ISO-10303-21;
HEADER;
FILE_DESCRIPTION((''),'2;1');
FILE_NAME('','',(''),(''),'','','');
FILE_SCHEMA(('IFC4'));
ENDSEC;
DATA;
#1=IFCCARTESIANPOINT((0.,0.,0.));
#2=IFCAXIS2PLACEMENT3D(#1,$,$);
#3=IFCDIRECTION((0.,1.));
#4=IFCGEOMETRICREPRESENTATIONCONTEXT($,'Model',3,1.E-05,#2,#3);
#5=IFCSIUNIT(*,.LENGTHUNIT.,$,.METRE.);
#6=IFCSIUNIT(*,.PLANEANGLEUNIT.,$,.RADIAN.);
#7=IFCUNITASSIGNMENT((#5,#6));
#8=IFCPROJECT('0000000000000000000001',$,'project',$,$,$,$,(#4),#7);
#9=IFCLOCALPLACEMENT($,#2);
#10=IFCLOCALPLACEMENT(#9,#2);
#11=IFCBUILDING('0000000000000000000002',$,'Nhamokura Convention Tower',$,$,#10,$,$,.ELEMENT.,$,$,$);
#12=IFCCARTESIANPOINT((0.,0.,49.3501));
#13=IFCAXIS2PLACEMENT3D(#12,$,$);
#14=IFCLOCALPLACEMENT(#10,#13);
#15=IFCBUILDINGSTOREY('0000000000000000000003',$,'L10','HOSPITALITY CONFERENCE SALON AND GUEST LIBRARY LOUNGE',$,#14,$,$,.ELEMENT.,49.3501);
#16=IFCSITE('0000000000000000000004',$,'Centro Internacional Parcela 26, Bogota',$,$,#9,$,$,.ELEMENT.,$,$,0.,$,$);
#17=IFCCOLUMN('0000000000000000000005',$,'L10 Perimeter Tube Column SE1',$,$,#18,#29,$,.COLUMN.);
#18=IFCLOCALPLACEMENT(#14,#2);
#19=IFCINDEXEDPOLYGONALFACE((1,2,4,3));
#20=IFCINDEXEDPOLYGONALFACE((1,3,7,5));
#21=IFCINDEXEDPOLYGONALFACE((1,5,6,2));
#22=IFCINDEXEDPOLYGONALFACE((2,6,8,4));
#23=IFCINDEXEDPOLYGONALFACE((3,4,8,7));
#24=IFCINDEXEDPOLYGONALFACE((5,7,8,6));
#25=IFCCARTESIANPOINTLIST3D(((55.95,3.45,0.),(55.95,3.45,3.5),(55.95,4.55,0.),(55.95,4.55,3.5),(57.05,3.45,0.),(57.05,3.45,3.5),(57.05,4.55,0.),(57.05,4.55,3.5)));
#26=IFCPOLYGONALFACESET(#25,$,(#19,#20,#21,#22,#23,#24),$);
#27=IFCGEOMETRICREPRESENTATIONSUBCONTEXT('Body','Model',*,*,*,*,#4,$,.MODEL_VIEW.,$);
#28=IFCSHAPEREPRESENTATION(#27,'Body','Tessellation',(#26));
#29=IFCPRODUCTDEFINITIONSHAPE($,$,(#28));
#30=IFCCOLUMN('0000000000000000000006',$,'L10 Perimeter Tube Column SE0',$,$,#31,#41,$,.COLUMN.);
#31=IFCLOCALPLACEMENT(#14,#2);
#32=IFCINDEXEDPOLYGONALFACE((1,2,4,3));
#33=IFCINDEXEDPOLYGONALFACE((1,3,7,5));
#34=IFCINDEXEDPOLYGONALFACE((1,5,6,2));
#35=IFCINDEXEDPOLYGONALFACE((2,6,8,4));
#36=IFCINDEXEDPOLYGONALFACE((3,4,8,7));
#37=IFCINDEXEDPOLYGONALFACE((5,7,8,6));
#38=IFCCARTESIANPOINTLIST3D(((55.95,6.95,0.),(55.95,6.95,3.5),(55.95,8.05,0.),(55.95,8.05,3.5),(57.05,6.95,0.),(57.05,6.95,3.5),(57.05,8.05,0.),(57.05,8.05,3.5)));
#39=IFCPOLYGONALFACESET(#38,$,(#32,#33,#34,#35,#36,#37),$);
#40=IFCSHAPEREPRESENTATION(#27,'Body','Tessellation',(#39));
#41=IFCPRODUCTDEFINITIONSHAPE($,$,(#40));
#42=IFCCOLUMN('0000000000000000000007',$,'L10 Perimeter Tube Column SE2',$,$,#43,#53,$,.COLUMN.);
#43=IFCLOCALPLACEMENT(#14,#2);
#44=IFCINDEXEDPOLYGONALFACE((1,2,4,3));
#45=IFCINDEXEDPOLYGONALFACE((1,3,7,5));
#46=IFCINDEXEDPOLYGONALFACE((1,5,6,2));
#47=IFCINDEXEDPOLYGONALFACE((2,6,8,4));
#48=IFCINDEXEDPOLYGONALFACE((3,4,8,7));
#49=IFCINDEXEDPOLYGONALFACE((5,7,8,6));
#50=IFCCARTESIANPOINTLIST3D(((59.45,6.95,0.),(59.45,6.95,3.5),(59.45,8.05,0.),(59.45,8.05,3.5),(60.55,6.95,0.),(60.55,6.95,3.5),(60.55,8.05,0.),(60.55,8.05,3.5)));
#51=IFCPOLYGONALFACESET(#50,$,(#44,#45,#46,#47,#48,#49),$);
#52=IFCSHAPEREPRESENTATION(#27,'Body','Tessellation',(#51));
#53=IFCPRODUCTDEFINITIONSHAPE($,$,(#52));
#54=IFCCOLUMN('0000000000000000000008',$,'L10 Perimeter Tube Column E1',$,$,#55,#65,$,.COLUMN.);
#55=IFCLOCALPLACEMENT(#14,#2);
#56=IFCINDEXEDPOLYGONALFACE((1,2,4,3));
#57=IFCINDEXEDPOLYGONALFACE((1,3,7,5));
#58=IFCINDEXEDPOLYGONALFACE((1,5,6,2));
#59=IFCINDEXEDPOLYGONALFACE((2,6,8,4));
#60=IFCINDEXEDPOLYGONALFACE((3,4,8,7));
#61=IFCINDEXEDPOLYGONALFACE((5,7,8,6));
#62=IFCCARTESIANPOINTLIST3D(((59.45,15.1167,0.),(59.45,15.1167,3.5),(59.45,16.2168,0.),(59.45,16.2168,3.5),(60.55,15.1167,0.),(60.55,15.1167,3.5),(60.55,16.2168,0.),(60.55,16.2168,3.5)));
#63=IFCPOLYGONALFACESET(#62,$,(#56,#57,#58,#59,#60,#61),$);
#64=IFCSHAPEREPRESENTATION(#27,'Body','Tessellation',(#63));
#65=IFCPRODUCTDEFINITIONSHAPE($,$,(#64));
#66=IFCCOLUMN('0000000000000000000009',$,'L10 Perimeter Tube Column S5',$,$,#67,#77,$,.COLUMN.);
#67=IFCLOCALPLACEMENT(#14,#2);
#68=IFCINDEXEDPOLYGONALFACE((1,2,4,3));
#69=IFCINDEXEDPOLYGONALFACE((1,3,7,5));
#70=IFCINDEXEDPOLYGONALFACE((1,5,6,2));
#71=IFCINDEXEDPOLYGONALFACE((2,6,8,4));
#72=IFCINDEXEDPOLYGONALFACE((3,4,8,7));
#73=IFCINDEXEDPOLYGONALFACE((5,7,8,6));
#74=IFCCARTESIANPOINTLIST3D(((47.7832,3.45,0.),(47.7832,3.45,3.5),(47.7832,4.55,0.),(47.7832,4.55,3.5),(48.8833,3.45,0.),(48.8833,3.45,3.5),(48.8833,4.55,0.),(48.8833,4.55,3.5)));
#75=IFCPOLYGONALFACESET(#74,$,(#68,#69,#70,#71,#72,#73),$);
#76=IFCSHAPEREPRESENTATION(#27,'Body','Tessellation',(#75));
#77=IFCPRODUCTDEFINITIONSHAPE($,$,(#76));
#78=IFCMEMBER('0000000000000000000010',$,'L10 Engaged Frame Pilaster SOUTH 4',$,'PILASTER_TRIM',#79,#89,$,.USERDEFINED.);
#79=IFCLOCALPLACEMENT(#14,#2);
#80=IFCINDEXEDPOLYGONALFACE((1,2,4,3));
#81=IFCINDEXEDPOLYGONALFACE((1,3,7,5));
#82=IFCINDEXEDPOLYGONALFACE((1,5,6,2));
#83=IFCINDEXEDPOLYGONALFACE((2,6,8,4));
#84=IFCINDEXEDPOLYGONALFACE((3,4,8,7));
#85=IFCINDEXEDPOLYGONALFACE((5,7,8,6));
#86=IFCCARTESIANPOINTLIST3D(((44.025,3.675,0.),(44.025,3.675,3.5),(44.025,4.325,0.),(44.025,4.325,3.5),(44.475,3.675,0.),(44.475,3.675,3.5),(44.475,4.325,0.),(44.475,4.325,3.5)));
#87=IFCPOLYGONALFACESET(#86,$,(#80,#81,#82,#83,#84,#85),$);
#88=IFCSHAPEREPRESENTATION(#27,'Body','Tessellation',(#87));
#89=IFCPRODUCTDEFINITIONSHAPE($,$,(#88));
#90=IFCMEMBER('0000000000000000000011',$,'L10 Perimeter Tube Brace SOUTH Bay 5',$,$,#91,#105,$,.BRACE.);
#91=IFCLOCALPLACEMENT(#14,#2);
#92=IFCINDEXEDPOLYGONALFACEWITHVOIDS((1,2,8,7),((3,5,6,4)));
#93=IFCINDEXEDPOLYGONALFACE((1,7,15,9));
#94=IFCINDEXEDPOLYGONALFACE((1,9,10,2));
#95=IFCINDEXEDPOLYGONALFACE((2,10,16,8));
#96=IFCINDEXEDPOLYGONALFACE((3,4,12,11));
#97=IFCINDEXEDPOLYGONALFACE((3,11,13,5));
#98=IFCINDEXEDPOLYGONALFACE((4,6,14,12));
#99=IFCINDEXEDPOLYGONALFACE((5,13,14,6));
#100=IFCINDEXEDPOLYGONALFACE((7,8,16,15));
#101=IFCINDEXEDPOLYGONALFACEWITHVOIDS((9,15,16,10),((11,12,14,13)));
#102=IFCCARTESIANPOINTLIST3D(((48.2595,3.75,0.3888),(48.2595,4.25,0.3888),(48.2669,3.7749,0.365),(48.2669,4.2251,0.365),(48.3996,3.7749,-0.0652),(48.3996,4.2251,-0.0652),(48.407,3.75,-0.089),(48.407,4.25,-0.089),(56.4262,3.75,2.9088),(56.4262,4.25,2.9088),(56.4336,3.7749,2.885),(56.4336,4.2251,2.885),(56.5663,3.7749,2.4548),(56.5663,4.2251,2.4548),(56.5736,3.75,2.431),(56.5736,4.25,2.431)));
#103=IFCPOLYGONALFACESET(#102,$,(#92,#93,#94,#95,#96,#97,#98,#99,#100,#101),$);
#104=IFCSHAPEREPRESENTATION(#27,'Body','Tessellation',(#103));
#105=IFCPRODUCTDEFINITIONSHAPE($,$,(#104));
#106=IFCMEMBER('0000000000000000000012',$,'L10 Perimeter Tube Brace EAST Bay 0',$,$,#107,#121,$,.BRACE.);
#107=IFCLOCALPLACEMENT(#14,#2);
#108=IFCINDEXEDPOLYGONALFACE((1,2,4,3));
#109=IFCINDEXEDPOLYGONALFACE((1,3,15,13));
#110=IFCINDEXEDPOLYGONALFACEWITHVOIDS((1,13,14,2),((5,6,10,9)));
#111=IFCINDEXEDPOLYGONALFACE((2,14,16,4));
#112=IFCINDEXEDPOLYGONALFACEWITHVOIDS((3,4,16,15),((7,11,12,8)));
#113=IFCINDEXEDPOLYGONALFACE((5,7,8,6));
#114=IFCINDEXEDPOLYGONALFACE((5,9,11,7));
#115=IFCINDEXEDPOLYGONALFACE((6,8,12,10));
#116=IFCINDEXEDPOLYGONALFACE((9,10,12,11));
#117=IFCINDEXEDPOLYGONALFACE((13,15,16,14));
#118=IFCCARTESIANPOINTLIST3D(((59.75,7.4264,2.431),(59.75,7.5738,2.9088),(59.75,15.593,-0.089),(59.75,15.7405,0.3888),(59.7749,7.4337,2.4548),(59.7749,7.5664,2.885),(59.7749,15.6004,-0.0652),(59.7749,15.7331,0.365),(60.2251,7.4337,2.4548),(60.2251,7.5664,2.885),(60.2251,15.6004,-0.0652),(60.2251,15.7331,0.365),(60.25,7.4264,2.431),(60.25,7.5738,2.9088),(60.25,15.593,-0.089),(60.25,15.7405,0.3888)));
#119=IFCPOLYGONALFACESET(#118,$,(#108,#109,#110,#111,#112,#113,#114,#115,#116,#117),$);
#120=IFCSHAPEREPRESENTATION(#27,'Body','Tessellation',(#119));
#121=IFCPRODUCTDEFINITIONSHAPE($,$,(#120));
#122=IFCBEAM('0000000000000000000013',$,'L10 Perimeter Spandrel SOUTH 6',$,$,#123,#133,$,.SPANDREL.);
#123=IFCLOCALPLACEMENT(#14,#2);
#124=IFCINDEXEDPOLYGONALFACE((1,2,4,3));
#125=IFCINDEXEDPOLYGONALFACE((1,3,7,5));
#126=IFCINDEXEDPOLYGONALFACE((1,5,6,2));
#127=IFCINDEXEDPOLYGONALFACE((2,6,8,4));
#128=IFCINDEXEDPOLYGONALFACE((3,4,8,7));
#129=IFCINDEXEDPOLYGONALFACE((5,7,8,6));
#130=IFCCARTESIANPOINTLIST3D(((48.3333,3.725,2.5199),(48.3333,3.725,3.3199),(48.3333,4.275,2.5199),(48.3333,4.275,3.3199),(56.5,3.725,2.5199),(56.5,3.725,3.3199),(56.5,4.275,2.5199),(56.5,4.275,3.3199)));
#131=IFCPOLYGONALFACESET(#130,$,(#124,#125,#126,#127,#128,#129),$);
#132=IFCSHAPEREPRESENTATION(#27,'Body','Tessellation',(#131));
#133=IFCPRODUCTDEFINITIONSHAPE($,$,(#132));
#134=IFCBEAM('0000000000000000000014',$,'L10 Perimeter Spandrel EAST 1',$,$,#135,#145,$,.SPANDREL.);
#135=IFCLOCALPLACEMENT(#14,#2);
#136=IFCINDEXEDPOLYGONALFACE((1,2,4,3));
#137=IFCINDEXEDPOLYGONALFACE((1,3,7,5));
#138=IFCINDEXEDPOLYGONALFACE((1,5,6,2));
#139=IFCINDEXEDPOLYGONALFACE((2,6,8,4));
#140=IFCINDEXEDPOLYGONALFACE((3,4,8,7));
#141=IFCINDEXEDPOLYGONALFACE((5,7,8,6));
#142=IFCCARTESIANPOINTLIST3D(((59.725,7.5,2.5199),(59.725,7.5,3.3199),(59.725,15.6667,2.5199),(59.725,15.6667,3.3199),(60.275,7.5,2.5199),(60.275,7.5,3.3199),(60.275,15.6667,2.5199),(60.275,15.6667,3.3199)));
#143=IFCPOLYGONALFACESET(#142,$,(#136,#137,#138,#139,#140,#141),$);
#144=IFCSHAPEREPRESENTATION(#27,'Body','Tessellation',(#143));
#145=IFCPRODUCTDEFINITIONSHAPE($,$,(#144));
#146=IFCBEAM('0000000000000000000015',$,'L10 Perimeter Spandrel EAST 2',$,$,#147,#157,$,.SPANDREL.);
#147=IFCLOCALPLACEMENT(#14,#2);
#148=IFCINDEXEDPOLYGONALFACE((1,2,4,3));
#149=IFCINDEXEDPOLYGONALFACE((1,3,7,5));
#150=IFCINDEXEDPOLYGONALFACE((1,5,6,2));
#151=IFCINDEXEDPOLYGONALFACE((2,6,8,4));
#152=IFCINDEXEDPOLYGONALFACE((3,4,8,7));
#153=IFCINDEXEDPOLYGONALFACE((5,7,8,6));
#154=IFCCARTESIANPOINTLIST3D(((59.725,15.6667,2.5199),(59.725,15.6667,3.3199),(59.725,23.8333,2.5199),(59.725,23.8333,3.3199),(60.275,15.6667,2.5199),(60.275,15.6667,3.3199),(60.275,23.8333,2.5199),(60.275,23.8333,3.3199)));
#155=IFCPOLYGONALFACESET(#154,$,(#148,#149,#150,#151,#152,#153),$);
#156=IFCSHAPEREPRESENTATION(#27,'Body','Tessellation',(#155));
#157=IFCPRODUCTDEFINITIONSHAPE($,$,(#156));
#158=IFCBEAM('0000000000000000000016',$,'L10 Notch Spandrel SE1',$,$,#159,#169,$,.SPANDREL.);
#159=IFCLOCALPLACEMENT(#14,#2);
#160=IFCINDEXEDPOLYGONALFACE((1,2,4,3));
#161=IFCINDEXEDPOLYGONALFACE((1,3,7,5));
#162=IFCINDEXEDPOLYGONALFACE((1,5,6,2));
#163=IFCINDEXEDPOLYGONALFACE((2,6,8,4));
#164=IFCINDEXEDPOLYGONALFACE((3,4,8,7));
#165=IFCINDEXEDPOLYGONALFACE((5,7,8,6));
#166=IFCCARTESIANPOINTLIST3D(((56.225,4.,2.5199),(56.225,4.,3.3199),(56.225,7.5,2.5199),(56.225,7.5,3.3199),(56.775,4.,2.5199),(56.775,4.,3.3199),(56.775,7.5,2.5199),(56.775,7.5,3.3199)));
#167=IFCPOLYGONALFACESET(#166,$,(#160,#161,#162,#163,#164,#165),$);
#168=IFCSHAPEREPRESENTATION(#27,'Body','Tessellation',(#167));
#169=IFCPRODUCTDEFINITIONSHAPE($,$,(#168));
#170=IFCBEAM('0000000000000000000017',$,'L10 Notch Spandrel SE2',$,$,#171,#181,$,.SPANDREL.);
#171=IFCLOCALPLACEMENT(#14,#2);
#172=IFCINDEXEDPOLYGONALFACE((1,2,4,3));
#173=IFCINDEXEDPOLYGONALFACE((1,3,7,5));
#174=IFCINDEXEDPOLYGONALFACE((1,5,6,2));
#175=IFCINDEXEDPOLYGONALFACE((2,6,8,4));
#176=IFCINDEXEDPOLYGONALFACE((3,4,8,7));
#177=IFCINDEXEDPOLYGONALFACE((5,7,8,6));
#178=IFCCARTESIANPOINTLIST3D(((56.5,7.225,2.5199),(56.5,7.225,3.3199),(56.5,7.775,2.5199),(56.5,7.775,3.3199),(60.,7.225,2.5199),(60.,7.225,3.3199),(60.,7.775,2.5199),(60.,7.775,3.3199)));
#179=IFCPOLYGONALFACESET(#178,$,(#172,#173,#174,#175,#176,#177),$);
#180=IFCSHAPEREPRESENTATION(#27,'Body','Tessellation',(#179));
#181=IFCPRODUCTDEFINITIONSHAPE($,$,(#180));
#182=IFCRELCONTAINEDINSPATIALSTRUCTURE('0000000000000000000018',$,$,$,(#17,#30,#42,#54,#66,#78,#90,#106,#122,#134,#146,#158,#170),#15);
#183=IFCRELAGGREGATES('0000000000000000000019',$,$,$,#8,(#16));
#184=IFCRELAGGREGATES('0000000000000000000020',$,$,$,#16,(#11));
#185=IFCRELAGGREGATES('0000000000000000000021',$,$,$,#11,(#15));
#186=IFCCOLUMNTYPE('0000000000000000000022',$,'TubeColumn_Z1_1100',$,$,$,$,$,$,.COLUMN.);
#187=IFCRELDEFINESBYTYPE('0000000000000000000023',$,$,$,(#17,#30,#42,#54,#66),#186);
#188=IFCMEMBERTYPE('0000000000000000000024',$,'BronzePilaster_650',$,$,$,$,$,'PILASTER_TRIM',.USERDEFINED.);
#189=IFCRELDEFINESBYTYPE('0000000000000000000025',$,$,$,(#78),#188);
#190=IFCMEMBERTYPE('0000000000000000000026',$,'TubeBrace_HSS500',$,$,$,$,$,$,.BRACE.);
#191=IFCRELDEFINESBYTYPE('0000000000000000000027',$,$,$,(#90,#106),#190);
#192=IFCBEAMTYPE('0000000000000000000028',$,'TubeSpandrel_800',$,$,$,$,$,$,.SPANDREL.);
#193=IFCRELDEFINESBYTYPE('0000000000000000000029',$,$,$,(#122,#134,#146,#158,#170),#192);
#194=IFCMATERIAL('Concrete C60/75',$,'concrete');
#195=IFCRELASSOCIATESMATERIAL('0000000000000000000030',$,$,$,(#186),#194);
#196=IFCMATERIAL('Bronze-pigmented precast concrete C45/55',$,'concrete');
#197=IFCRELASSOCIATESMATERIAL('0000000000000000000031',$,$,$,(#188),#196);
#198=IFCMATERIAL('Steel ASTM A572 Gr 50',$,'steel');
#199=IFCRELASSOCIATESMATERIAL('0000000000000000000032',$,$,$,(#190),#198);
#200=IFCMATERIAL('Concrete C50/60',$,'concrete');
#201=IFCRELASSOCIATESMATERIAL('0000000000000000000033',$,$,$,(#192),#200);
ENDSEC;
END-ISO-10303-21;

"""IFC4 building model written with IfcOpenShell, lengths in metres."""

from ifc_helpers import new_model, si_unit, direction, frame, origin, origin_2d, place, context, subcontext, project, spatial, rectangle, hollow_rectangle, extrude, material, material_profile, profile_set, type_object, element, save


model = new_model("IFC4")

# Units and contexts
model_context = context("Model", 3, precision=1e-05, world=origin(), true_north=direction((0.0, 1.0)))
body_context = subcontext(model_context, "Body", "Model", "MODEL_VIEW")
ifc_project = project(units=[si_unit("LENGTHUNIT", "METRE"), si_unit("PLANEANGLEUNIT", "RADIAN")], contexts=[model_context])

# Site, building, storey
site_placement = place(None, origin())
site = spatial("IfcSite", under=ifc_project, at=site_placement, Name="Centro Internacional Parcela 26, Bogota", CompositionType="ELEMENT", RefElevation=0.0)
building_placement = place(site_placement, origin())
building = spatial("IfcBuilding", under=site, at=building_placement, Name="Nhamokura Convention Tower", CompositionType="ELEMENT")
storey_placement = place(building_placement, frame((0.0, 0.0, 49.3501)))
storey = spatial("IfcBuildingStorey", under=building, at=storey_placement, Name="L10", Description="HOSPITALITY CONFERENCE SALON AND GUEST LIBRARY LOUNGE", CompositionType="ELEMENT", Elevation=49.3501)

# Columns
ifc_material_1 = material(Name="Concrete C60/75", Category="concrete")
ifc_material_profile_1 = material_profile(ifc_material_1, rectangle(XDim=1.1001, YDim=1.1001, at=origin_2d()))
ifc_profile_set_1 = profile_set([ifc_material_profile_1], Name="Concrete C60/75")
column_type = type_object("IfcColumnType", Name="TubeColumn_Z1_1100", PredefinedType="COLUMN", material=ifc_profile_set_1)
for number, where, z_axis, x_axis, name in (
    (1, (56.5, 4.0, 0.0), (0.0, 0.0, 1.0), (1.0, 0.0, 0.0), "L10 Perimeter Tube Column SE1"),
    (2, (56.5, 7.5, 0.0), (0.0, 0.0, 1.0), (1.0, 0.0, 0.0), "L10 Perimeter Tube Column SE0"),
    (3, (60.0, 7.5, 0.0), (0.0, 0.0, 1.0), (1.0, 0.0, 0.0), "L10 Perimeter Tube Column SE2"),
    (4, (60.0, 15.6667, 0.0), (0.0, 0.0, 1.0), (1.0, 0.0, 0.0), "L10 Perimeter Tube Column E1"),
    (5, (48.3333, 4.0, 0.0), (0.0, 0.0, 1.0), (1.0, 0.0, 0.0), "L10 Perimeter Tube Column S5"),
):
    element("IfcColumn", number, at=place(storey_placement, frame(where, z_axis=z_axis, x_axis=x_axis)), inside=storey, type_object=column_type, Name=name, PredefinedType="COLUMN", context=body_context, shape_type="SweptSolid", body=[
        extrude(rectangle(XDim=1.1001, YDim=1.1001, at=origin_2d()), origin(), (0.0, 0.0, 1.0), 3.5),
    ])

# Members
ifc_material_2 = material(Name="Bronze-pigmented precast concrete C45/55", Category="concrete")
ifc_material_profile_2 = material_profile(ifc_material_2, rectangle(XDim=0.45, YDim=0.6499, at=origin_2d()))
ifc_profile_set_2 = profile_set([ifc_material_profile_2], Name="Bronze-pigmented precast concrete C45/55")
member_type_1 = type_object("IfcMemberType", Name="BronzePilaster_650", ElementType="PILASTER_TRIM", PredefinedType="USERDEFINED", material=ifc_profile_set_2)
member_placement = place(storey_placement, frame((44.25, 4.0, 0.0), z_axis=(0.0, 0.0, 1.0), x_axis=(1.0, 0.0, 0.0)))
element("IfcMember", 6, at=member_placement, inside=storey, type_object=member_type_1, Name="L10 Engaged Frame Pilaster SOUTH 4", ObjectType="PILASTER_TRIM", PredefinedType="USERDEFINED", context=body_context, shape_type="SweptSolid", body=[
    extrude(rectangle(XDim=0.45, YDim=0.6499, at=origin_2d()), origin(), (0.0, 0.0, 1.0), 3.5),
])
ifc_material_3 = material(Name="Steel ASTM A572 Gr 50", Category="steel")
ifc_material_profile_3 = material_profile(ifc_material_3, hollow_rectangle(XDim=0.5, YDim=0.5, WallThickness=0.0249, at=origin_2d()))
ifc_profile_set_3 = profile_set([ifc_material_profile_3], Name="Steel ASTM A572 Gr 50")
member_type_2 = type_object("IfcMemberType", Name="TubeBrace_HSS500", PredefinedType="BRACE", material=ifc_profile_set_3)
for number, where, z_axis, x_axis, name in (
    (7, (48.3333, 4.0, 0.1499), (0.955543, 0.0, 0.294853), (0.0, 1.0, 0.0), "L10 Perimeter Tube Brace SOUTH Bay 5"),
    (8, (60.0, 15.6667, 0.1499), (0.0, -0.955543, 0.294853), (1.0, 0.0, 0.0), "L10 Perimeter Tube Brace EAST Bay 0"),
):
    element("IfcMember", number, at=place(storey_placement, frame(where, z_axis=z_axis, x_axis=x_axis)), inside=storey, type_object=member_type_2, Name=name, PredefinedType="BRACE", context=body_context, shape_type="SweptSolid", body=[
        extrude(hollow_rectangle(XDim=0.5, YDim=0.5, WallThickness=0.0249, at=origin_2d()), origin(), (0.0, 0.0, 1.0), 8.5466),
    ])

# Beams
ifc_material_4 = material(Name="Concrete C50/60", Category="concrete")
ifc_material_profile_4 = material_profile(ifc_material_4, rectangle(XDim=0.55, YDim=0.8, at=origin_2d()))
ifc_profile_set_4 = profile_set([ifc_material_profile_4], Name="Concrete C50/60")
beam_type = type_object("IfcBeamType", Name="TubeSpandrel_800", PredefinedType="SPANDREL", material=ifc_profile_set_4)
for number, where, z_axis, x_axis, name in (
    (9, (48.3333, 4.0, 2.9199), (1.0, 0.0, 0.0), (0.0, 1.0, 0.0), "L10 Perimeter Spandrel SOUTH 6"),
    (10, (60.0, 7.5, 2.9199), (0.0, 1.0, 0.0), (-1.0, 0.0, 0.0), "L10 Perimeter Spandrel EAST 1"),
):
    element("IfcBeam", number, at=place(storey_placement, frame(where, z_axis=z_axis, x_axis=x_axis)), inside=storey, type_object=beam_type, Name=name, PredefinedType="SPANDREL", context=body_context, shape_type="SweptSolid", body=[
        extrude(rectangle(XDim=0.55, YDim=0.8, at=origin_2d()), origin(), (0.0, 0.0, 1.0), 8.1667),
    ])
beam_placement = place(storey_placement, frame((60.0, 15.6667, 2.9199), z_axis=(0.0, 1.0, 0.0), x_axis=(-1.0, 0.0, 0.0)))
element("IfcBeam", 11, at=beam_placement, inside=storey, type_object=beam_type, Name="L10 Perimeter Spandrel EAST 2", PredefinedType="SPANDREL", context=body_context, shape_type="SweptSolid", body=[
    extrude(rectangle(XDim=0.55, YDim=0.8, at=origin_2d()), origin(), (0.0, 0.0, 1.0), 8.1665),
])
for number, where, z_axis, x_axis, name in (
    (12, (56.5, 4.0, 2.9199), (0.0, 1.0, 0.0), (-1.0, 0.0, 0.0), "L10 Notch Spandrel SE1"),
    (13, (56.5, 7.5, 2.9199), (1.0, 0.0, 0.0), (0.0, 1.0, 0.0), "L10 Notch Spandrel SE2"),
):
    element("IfcBeam", number, at=place(storey_placement, frame(where, z_axis=z_axis, x_axis=x_axis)), inside=storey, type_object=beam_type, Name=name, PredefinedType="SPANDREL", context=body_context, shape_type="SweptSolid", body=[
        extrude(rectangle(XDim=0.55, YDim=0.8, at=origin_2d()), origin(), (0.0, 0.0, 1.0), 3.5),
    ])

save(model, "model.ifc")
